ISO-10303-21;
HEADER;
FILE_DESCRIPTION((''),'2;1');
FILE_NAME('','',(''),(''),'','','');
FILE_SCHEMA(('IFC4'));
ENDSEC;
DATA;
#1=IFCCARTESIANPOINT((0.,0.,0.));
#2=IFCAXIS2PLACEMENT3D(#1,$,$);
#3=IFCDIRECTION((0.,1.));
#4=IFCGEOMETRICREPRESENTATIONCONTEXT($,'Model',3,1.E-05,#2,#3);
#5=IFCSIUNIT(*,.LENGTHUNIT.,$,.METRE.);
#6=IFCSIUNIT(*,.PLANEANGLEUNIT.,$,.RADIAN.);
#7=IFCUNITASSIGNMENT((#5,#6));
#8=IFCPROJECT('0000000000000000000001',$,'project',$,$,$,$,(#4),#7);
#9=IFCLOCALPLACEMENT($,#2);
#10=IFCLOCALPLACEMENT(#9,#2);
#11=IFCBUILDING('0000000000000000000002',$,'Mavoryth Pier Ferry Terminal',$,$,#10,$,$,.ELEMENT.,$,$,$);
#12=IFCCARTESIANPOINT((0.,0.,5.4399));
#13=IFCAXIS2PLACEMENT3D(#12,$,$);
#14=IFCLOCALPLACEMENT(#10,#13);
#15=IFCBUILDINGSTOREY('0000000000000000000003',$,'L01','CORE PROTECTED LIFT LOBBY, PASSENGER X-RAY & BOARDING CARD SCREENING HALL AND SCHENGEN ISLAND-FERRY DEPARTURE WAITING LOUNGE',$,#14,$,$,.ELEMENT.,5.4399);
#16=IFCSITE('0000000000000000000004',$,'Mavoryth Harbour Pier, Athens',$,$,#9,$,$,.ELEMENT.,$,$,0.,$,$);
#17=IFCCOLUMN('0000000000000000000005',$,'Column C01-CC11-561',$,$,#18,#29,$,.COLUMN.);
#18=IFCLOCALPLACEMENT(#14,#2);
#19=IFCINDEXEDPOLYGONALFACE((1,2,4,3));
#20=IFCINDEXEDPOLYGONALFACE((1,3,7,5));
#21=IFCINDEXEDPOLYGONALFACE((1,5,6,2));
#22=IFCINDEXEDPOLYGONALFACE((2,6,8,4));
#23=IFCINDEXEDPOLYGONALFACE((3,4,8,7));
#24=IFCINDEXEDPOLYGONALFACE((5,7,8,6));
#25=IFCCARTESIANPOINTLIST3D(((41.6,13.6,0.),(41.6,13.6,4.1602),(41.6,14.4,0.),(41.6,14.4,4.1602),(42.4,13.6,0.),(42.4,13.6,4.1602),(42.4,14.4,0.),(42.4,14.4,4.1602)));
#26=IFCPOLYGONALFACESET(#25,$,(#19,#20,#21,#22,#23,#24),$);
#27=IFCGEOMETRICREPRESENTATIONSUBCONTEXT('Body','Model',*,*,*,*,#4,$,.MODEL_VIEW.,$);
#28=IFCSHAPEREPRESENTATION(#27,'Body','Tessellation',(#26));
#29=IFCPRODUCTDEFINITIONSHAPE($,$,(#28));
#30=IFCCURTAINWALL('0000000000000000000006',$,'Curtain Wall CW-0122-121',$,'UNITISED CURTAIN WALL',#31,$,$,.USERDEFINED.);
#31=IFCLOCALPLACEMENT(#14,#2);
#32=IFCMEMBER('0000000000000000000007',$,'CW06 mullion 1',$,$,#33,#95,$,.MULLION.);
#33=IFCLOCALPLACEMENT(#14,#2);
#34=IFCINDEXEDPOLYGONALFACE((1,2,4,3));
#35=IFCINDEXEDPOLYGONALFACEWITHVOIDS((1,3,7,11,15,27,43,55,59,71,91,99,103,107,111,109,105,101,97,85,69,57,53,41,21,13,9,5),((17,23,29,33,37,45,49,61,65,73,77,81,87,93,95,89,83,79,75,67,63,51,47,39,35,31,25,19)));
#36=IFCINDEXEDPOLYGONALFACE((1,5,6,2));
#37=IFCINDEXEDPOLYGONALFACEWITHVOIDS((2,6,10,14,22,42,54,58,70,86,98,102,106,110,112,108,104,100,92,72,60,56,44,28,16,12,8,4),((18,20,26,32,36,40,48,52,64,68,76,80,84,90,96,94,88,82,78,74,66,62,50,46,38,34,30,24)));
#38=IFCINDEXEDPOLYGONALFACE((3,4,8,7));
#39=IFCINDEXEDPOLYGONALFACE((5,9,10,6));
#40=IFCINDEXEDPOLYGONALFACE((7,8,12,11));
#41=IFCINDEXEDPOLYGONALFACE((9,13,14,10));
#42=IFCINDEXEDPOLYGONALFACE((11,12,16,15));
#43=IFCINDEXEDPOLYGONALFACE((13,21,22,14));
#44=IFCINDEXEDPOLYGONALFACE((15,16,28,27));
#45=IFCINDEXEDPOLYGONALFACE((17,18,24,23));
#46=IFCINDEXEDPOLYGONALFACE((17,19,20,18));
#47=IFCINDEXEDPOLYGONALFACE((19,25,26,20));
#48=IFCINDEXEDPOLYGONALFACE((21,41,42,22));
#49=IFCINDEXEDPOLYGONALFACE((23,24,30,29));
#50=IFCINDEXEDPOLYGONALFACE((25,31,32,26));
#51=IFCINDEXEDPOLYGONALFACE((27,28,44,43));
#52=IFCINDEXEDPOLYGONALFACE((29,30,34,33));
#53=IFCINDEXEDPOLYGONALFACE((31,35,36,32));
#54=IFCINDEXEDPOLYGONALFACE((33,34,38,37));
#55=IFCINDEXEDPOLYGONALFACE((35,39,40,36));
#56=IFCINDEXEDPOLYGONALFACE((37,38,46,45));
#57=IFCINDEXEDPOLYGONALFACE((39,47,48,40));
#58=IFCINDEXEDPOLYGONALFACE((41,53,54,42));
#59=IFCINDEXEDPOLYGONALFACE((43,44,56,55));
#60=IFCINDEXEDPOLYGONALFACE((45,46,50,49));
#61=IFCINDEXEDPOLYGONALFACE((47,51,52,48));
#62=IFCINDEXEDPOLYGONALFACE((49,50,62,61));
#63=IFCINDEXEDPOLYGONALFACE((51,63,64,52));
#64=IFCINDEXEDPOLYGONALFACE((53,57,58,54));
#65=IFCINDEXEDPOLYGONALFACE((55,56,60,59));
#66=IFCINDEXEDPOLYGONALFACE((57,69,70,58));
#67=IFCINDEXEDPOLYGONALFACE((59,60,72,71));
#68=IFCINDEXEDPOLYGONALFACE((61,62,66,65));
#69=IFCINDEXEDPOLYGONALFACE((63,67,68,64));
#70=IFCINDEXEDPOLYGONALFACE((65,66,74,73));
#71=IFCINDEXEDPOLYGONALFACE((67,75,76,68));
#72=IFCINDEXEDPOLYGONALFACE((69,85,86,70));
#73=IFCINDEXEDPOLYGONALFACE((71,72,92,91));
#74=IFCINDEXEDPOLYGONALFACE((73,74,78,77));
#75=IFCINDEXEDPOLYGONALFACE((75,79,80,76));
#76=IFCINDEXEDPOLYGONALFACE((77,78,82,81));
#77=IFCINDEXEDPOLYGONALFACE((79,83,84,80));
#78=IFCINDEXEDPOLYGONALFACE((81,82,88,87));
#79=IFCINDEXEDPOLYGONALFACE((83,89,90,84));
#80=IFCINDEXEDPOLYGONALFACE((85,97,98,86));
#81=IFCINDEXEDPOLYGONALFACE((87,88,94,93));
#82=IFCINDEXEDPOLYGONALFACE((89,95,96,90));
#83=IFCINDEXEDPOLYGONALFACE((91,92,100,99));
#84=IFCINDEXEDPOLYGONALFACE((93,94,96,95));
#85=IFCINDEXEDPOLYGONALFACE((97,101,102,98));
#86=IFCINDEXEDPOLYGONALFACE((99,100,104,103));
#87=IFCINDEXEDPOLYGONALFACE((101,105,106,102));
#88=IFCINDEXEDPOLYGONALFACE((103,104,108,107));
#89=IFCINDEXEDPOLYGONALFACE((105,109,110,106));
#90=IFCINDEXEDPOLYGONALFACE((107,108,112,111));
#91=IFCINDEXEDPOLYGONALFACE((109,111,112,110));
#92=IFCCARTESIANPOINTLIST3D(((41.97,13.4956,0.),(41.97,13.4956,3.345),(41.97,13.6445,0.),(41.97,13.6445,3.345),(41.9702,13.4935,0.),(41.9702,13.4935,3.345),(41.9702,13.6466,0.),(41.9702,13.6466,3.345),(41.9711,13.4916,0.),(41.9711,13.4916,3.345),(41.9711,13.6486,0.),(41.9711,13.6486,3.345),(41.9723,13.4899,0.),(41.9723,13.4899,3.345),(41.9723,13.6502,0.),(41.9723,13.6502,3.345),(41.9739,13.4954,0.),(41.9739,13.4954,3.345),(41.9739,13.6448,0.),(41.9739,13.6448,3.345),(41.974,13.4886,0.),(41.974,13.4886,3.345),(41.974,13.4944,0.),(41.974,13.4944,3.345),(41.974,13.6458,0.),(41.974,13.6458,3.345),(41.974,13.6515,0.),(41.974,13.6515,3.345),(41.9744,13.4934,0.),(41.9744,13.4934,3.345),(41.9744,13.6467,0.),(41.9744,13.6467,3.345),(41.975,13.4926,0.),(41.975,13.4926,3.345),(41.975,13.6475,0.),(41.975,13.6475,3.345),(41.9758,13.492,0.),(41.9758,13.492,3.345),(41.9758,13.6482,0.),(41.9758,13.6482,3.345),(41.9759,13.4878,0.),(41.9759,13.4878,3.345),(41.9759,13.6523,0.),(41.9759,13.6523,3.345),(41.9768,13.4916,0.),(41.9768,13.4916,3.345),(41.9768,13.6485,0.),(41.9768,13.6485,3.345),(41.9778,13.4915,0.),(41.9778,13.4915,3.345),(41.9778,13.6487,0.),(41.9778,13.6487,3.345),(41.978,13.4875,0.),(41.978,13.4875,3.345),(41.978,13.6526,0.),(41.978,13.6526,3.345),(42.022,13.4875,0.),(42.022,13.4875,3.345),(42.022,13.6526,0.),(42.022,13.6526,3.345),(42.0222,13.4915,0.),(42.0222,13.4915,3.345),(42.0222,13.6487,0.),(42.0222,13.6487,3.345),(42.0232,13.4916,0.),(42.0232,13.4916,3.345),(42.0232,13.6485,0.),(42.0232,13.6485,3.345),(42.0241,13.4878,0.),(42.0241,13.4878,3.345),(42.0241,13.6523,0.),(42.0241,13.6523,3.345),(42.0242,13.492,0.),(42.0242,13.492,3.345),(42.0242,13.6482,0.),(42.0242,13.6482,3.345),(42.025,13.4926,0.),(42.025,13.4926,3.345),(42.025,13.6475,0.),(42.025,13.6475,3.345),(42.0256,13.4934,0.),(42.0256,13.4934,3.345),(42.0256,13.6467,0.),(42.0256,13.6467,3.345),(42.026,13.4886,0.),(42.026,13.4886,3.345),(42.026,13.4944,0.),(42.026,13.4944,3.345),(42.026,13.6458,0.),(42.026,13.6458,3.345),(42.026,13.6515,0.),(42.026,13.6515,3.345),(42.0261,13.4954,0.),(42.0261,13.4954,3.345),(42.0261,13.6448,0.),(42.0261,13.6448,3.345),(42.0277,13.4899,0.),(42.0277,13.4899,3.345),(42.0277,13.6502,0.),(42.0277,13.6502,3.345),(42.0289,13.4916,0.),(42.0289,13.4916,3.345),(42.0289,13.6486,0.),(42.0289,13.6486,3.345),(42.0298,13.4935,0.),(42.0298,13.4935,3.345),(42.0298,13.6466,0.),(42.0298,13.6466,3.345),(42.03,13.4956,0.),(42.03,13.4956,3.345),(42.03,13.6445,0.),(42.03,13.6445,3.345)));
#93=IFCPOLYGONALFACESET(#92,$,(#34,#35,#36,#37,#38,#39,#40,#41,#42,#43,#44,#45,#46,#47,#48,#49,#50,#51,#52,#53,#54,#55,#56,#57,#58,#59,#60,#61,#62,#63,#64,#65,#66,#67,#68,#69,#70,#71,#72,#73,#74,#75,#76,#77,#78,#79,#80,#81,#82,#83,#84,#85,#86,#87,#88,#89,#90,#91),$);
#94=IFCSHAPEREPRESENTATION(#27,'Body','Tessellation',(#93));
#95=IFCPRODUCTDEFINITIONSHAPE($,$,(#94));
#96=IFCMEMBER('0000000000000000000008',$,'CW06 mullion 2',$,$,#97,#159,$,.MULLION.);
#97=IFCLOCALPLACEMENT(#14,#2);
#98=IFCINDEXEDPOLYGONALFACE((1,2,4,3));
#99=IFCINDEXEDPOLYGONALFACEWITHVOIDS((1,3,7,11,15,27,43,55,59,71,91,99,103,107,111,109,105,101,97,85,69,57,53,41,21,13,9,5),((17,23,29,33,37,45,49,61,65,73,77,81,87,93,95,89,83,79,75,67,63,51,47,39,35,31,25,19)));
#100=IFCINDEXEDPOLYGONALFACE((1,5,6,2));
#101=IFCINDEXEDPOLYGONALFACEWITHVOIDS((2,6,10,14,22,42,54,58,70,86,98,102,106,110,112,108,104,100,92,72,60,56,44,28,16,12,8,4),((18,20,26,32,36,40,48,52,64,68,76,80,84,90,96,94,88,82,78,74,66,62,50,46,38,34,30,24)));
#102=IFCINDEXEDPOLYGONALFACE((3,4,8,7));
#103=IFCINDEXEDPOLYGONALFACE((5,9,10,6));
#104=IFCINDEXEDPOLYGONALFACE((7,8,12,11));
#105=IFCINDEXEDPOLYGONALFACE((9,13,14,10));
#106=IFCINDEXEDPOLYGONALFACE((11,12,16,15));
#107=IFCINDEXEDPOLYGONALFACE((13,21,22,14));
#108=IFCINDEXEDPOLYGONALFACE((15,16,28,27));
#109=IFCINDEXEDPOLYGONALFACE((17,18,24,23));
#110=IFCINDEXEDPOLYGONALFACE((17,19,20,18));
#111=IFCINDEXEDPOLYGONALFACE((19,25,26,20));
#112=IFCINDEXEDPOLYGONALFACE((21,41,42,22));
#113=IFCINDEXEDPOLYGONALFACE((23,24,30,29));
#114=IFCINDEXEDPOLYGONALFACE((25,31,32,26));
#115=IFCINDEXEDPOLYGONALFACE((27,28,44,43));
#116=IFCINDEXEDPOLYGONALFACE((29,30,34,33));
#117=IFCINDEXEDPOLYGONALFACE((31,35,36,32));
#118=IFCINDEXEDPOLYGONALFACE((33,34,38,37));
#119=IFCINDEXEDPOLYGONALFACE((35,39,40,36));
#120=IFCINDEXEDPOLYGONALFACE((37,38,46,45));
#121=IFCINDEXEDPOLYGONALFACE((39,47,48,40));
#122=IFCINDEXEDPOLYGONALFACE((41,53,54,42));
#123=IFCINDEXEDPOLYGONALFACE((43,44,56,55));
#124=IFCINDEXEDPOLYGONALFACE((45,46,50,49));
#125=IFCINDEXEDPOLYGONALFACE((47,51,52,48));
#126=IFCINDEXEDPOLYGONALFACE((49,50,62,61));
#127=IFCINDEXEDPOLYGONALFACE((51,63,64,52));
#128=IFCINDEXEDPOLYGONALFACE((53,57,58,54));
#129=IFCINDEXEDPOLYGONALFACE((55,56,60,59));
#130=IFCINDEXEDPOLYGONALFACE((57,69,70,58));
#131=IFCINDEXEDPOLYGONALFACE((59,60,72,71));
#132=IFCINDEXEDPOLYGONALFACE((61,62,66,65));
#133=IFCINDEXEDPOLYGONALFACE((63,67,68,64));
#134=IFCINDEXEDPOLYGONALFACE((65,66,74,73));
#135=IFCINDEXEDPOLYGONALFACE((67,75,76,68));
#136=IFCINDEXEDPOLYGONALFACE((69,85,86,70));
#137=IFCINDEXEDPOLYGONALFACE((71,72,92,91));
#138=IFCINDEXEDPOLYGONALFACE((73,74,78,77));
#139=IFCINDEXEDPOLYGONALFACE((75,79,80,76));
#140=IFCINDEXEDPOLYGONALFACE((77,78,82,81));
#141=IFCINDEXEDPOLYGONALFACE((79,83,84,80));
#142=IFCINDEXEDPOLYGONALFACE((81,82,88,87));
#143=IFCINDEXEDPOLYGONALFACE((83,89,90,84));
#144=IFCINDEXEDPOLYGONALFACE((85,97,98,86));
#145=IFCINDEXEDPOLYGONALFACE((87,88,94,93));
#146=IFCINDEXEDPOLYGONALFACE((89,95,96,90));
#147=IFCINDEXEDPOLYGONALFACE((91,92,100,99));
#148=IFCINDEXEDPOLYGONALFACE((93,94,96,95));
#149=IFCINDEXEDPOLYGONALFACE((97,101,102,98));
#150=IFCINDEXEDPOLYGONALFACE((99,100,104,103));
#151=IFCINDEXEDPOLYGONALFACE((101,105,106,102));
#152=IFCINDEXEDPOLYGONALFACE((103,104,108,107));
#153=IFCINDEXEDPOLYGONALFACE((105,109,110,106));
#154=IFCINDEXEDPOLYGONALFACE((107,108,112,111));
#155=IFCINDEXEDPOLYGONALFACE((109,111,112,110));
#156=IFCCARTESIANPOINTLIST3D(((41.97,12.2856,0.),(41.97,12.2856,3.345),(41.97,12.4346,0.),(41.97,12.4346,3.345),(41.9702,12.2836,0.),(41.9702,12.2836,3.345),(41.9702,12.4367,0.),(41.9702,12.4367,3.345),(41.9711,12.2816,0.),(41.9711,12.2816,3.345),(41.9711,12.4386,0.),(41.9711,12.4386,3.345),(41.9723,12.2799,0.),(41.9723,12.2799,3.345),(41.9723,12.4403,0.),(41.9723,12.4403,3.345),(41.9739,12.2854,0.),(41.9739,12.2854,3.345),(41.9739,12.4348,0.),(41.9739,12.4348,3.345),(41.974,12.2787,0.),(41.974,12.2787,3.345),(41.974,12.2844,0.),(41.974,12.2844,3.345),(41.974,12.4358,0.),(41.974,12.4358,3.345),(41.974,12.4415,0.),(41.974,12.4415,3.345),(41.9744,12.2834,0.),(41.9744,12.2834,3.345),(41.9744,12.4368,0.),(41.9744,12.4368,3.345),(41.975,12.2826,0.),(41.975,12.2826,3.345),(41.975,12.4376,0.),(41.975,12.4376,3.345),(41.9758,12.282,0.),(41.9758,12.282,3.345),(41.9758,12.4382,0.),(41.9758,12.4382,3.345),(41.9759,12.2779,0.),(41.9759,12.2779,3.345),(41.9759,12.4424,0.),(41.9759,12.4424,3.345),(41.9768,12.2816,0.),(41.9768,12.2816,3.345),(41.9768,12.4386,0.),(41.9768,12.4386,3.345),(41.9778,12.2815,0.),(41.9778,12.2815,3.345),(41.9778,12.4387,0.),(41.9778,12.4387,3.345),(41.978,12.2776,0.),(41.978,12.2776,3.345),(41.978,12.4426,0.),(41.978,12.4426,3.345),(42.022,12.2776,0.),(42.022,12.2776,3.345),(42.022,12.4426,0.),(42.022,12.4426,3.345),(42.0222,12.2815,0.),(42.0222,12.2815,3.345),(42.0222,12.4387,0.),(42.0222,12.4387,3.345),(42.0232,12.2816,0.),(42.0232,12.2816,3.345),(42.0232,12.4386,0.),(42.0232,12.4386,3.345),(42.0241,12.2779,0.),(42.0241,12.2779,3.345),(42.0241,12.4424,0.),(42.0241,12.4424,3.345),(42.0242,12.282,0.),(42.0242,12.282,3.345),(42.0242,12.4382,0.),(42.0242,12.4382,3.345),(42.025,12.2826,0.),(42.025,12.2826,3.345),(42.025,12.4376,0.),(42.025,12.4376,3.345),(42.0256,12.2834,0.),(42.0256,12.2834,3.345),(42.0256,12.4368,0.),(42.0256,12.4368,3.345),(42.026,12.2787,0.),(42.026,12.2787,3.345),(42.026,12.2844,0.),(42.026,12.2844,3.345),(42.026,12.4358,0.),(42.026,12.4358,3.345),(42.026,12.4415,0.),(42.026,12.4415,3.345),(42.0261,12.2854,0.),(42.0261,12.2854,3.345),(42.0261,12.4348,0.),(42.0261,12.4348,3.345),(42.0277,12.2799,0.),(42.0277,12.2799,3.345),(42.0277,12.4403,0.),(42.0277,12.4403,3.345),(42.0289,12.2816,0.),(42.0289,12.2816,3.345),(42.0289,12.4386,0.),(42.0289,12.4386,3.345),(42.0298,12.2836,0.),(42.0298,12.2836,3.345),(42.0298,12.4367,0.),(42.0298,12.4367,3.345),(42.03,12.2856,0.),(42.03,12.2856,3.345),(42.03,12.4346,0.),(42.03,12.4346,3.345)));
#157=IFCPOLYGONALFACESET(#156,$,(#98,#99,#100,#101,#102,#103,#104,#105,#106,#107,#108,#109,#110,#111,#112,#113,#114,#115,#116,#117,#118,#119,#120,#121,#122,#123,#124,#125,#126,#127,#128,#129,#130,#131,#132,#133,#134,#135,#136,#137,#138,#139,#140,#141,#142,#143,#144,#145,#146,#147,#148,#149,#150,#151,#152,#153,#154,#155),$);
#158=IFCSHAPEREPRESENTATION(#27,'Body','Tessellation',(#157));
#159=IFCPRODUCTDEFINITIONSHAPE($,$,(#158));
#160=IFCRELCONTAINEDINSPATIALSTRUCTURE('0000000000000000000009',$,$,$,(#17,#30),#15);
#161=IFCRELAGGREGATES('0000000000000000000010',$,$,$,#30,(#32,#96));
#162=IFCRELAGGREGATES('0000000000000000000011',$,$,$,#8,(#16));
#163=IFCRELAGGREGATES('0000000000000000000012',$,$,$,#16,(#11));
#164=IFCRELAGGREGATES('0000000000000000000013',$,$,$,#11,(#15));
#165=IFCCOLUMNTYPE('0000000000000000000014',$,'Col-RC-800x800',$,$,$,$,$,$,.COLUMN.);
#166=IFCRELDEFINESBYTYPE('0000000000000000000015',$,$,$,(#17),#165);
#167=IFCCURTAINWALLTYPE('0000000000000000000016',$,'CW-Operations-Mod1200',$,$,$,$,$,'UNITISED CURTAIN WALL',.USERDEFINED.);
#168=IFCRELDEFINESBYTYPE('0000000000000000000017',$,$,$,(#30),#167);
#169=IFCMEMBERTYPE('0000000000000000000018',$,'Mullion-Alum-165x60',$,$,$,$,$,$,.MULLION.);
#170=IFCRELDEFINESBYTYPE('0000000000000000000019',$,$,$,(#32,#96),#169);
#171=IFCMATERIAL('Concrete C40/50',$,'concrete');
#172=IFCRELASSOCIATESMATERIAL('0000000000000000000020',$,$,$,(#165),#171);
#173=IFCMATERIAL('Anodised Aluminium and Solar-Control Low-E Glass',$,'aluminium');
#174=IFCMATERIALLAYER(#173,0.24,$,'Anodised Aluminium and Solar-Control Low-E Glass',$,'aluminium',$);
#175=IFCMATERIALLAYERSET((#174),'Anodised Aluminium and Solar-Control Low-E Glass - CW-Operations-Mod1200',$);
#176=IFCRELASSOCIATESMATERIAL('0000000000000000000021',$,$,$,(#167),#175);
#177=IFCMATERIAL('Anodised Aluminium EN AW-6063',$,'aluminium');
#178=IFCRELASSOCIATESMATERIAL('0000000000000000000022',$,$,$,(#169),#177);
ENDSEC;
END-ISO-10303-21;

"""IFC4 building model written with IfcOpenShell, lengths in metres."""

from ifc_helpers import new_model, si_unit, direction, frame, origin, origin_2d, place, context, subcontext, project, spatial, rectangle, hollow_rectangle, extrude, material, layer, layer_set, material_profile, profile_set, type_object, element, aggregate, save


model = new_model("IFC4")

# Units and contexts
model_context = context("Model", 3, precision=1e-05, world=origin(), true_north=direction((0.0, 1.0)))
body_context = subcontext(model_context, "Body", "Model", "MODEL_VIEW")
ifc_project = project(units=[si_unit("LENGTHUNIT", "METRE"), si_unit("PLANEANGLEUNIT", "RADIAN")], contexts=[model_context])

# Site, building, storey
site_placement = place(None, origin())
site = spatial("IfcSite", under=ifc_project, at=site_placement, Name="Mavoryth Harbour Pier, Athens", CompositionType="ELEMENT", RefElevation=0.0)
building_placement = place(site_placement, origin())
building = spatial("IfcBuilding", under=site, at=building_placement, Name="Mavoryth Pier Ferry Terminal", CompositionType="ELEMENT")
storey_placement = place(building_placement, frame((0.0, 0.0, 5.4399)))
storey = spatial("IfcBuildingStorey", under=building, at=storey_placement, Name="L01", Description="CORE PROTECTED LIFT LOBBY, PASSENGER X-RAY & BOARDING CARD SCREENING HALL AND SCHENGEN ISLAND-FERRY DEPARTURE WAITING LOUNGE", CompositionType="ELEMENT", Elevation=5.4399)

# Column
ifc_material_1 = material(Name="Concrete C40/50", Category="concrete")
ifc_material_profile_1 = material_profile(ifc_material_1, rectangle(XDim=0.8, YDim=0.8, at=origin_2d()), Name="RC 800x800", Category="concrete")
ifc_profile_set_1 = profile_set([ifc_material_profile_1], Name="Concrete C40/50 - RC 800x800")
column_type = type_object("IfcColumnType", Name="Col-RC-800x800", PredefinedType="COLUMN", material=ifc_profile_set_1)
column_placement = place(storey_placement, frame((42.0, 14.0, 0.0), z_axis=(0.0, 0.0, 1.0), x_axis=(1.0, 0.0, 0.0)))
element("IfcColumn", 1, at=column_placement, inside=storey, type_object=column_type, Name="Column C01-CC11-561", PredefinedType="COLUMN", context=body_context, shape_type="SweptSolid", body=[
    extrude(rectangle(XDim=0.8, YDim=0.8, at=origin_2d()), origin(), (0.0, 0.0, 1.0), 4.1602),
])

# Curtain wall, members
ifc_material_2 = material(Name="Anodised Aluminium and Solar-Control Low-E Glass", Category="aluminium")
ifc_layer_1 = layer(ifc_material_2, 0.24, Name="Anodised Aluminium and Solar-Control Low-E Glass", Category="aluminium")
ifc_layer_set_1 = layer_set([ifc_layer_1], Name="Anodised Aluminium and Solar-Control Low-E Glass - CW-Operations-Mod1200")
curtain_wall_type_1 = type_object("IfcCurtainWallType", Name="CW-Operations-Mod1200", ElementType="UNITISED CURTAIN WALL", PredefinedType="USERDEFINED", material=ifc_layer_set_1)
curtain_wall_1_placement = place(storey_placement, origin())
curtain_wall_1 = element("IfcCurtainWall", 2, at=curtain_wall_1_placement, inside=storey, type_object=curtain_wall_type_1, Name="Curtain Wall CW-0122-121", ObjectType="UNITISED CURTAIN WALL", PredefinedType="USERDEFINED")
ifc_material_3 = material(Name="Anodised Aluminium EN AW-6063", Category="aluminium")
ifc_material_profile_2 = material_profile(ifc_material_3, hollow_rectangle(XDim=0.0601, YDim=0.165, WallThickness=0.0039, InnerFilletRadius=0.0039, OuterFilletRadius=0.0081, at=origin_2d()), Name="AL-MULL 165x60x4", Category="aluminium")
ifc_profile_set_2 = profile_set([ifc_material_profile_2], Name="Anodised Aluminium EN AW-6063 - AL-MULL 165x60x4")
member_type_1 = type_object("IfcMemberType", Name="Mullion-Alum-165x60", PredefinedType="MULLION", material=ifc_profile_set_2)
member_1_placement = place(storey_placement, frame((42.0, 13.5701, 0.0), z_axis=(0.0, 0.0, 1.0), x_axis=(1.0, 0.0, 0.0)))
member_1 = element("IfcMember", 3, at=member_1_placement, type_object=member_type_1, Name="CW06 mullion 1", PredefinedType="MULLION", context=body_context, shape_type="SweptSolid", body=[
    extrude(hollow_rectangle(XDim=0.0601, YDim=0.165, WallThickness=0.0039, InnerFilletRadius=0.0039, OuterFilletRadius=0.0081, at=origin_2d()), origin(), (0.0, 0.0, 1.0), 3.345),
])
member_2_placement = place(storey_placement, frame((42.0, 12.3601, 0.0), z_axis=(0.0, 0.0, 1.0), x_axis=(1.0, 0.0, 0.0)))
member_2 = element("IfcMember", 4, at=member_2_placement, type_object=member_type_1, Name="CW06 mullion 2", PredefinedType="MULLION", context=body_context, shape_type="SweptSolid", body=[
    extrude(hollow_rectangle(XDim=0.0601, YDim=0.165, WallThickness=0.0039, InnerFilletRadius=0.0039, OuterFilletRadius=0.0081, at=origin_2d()), origin(), (0.0, 0.0, 1.0), 3.345),
])

aggregate(curtain_wall_1, [member_1, member_2])

save(model, "model.ifc")
